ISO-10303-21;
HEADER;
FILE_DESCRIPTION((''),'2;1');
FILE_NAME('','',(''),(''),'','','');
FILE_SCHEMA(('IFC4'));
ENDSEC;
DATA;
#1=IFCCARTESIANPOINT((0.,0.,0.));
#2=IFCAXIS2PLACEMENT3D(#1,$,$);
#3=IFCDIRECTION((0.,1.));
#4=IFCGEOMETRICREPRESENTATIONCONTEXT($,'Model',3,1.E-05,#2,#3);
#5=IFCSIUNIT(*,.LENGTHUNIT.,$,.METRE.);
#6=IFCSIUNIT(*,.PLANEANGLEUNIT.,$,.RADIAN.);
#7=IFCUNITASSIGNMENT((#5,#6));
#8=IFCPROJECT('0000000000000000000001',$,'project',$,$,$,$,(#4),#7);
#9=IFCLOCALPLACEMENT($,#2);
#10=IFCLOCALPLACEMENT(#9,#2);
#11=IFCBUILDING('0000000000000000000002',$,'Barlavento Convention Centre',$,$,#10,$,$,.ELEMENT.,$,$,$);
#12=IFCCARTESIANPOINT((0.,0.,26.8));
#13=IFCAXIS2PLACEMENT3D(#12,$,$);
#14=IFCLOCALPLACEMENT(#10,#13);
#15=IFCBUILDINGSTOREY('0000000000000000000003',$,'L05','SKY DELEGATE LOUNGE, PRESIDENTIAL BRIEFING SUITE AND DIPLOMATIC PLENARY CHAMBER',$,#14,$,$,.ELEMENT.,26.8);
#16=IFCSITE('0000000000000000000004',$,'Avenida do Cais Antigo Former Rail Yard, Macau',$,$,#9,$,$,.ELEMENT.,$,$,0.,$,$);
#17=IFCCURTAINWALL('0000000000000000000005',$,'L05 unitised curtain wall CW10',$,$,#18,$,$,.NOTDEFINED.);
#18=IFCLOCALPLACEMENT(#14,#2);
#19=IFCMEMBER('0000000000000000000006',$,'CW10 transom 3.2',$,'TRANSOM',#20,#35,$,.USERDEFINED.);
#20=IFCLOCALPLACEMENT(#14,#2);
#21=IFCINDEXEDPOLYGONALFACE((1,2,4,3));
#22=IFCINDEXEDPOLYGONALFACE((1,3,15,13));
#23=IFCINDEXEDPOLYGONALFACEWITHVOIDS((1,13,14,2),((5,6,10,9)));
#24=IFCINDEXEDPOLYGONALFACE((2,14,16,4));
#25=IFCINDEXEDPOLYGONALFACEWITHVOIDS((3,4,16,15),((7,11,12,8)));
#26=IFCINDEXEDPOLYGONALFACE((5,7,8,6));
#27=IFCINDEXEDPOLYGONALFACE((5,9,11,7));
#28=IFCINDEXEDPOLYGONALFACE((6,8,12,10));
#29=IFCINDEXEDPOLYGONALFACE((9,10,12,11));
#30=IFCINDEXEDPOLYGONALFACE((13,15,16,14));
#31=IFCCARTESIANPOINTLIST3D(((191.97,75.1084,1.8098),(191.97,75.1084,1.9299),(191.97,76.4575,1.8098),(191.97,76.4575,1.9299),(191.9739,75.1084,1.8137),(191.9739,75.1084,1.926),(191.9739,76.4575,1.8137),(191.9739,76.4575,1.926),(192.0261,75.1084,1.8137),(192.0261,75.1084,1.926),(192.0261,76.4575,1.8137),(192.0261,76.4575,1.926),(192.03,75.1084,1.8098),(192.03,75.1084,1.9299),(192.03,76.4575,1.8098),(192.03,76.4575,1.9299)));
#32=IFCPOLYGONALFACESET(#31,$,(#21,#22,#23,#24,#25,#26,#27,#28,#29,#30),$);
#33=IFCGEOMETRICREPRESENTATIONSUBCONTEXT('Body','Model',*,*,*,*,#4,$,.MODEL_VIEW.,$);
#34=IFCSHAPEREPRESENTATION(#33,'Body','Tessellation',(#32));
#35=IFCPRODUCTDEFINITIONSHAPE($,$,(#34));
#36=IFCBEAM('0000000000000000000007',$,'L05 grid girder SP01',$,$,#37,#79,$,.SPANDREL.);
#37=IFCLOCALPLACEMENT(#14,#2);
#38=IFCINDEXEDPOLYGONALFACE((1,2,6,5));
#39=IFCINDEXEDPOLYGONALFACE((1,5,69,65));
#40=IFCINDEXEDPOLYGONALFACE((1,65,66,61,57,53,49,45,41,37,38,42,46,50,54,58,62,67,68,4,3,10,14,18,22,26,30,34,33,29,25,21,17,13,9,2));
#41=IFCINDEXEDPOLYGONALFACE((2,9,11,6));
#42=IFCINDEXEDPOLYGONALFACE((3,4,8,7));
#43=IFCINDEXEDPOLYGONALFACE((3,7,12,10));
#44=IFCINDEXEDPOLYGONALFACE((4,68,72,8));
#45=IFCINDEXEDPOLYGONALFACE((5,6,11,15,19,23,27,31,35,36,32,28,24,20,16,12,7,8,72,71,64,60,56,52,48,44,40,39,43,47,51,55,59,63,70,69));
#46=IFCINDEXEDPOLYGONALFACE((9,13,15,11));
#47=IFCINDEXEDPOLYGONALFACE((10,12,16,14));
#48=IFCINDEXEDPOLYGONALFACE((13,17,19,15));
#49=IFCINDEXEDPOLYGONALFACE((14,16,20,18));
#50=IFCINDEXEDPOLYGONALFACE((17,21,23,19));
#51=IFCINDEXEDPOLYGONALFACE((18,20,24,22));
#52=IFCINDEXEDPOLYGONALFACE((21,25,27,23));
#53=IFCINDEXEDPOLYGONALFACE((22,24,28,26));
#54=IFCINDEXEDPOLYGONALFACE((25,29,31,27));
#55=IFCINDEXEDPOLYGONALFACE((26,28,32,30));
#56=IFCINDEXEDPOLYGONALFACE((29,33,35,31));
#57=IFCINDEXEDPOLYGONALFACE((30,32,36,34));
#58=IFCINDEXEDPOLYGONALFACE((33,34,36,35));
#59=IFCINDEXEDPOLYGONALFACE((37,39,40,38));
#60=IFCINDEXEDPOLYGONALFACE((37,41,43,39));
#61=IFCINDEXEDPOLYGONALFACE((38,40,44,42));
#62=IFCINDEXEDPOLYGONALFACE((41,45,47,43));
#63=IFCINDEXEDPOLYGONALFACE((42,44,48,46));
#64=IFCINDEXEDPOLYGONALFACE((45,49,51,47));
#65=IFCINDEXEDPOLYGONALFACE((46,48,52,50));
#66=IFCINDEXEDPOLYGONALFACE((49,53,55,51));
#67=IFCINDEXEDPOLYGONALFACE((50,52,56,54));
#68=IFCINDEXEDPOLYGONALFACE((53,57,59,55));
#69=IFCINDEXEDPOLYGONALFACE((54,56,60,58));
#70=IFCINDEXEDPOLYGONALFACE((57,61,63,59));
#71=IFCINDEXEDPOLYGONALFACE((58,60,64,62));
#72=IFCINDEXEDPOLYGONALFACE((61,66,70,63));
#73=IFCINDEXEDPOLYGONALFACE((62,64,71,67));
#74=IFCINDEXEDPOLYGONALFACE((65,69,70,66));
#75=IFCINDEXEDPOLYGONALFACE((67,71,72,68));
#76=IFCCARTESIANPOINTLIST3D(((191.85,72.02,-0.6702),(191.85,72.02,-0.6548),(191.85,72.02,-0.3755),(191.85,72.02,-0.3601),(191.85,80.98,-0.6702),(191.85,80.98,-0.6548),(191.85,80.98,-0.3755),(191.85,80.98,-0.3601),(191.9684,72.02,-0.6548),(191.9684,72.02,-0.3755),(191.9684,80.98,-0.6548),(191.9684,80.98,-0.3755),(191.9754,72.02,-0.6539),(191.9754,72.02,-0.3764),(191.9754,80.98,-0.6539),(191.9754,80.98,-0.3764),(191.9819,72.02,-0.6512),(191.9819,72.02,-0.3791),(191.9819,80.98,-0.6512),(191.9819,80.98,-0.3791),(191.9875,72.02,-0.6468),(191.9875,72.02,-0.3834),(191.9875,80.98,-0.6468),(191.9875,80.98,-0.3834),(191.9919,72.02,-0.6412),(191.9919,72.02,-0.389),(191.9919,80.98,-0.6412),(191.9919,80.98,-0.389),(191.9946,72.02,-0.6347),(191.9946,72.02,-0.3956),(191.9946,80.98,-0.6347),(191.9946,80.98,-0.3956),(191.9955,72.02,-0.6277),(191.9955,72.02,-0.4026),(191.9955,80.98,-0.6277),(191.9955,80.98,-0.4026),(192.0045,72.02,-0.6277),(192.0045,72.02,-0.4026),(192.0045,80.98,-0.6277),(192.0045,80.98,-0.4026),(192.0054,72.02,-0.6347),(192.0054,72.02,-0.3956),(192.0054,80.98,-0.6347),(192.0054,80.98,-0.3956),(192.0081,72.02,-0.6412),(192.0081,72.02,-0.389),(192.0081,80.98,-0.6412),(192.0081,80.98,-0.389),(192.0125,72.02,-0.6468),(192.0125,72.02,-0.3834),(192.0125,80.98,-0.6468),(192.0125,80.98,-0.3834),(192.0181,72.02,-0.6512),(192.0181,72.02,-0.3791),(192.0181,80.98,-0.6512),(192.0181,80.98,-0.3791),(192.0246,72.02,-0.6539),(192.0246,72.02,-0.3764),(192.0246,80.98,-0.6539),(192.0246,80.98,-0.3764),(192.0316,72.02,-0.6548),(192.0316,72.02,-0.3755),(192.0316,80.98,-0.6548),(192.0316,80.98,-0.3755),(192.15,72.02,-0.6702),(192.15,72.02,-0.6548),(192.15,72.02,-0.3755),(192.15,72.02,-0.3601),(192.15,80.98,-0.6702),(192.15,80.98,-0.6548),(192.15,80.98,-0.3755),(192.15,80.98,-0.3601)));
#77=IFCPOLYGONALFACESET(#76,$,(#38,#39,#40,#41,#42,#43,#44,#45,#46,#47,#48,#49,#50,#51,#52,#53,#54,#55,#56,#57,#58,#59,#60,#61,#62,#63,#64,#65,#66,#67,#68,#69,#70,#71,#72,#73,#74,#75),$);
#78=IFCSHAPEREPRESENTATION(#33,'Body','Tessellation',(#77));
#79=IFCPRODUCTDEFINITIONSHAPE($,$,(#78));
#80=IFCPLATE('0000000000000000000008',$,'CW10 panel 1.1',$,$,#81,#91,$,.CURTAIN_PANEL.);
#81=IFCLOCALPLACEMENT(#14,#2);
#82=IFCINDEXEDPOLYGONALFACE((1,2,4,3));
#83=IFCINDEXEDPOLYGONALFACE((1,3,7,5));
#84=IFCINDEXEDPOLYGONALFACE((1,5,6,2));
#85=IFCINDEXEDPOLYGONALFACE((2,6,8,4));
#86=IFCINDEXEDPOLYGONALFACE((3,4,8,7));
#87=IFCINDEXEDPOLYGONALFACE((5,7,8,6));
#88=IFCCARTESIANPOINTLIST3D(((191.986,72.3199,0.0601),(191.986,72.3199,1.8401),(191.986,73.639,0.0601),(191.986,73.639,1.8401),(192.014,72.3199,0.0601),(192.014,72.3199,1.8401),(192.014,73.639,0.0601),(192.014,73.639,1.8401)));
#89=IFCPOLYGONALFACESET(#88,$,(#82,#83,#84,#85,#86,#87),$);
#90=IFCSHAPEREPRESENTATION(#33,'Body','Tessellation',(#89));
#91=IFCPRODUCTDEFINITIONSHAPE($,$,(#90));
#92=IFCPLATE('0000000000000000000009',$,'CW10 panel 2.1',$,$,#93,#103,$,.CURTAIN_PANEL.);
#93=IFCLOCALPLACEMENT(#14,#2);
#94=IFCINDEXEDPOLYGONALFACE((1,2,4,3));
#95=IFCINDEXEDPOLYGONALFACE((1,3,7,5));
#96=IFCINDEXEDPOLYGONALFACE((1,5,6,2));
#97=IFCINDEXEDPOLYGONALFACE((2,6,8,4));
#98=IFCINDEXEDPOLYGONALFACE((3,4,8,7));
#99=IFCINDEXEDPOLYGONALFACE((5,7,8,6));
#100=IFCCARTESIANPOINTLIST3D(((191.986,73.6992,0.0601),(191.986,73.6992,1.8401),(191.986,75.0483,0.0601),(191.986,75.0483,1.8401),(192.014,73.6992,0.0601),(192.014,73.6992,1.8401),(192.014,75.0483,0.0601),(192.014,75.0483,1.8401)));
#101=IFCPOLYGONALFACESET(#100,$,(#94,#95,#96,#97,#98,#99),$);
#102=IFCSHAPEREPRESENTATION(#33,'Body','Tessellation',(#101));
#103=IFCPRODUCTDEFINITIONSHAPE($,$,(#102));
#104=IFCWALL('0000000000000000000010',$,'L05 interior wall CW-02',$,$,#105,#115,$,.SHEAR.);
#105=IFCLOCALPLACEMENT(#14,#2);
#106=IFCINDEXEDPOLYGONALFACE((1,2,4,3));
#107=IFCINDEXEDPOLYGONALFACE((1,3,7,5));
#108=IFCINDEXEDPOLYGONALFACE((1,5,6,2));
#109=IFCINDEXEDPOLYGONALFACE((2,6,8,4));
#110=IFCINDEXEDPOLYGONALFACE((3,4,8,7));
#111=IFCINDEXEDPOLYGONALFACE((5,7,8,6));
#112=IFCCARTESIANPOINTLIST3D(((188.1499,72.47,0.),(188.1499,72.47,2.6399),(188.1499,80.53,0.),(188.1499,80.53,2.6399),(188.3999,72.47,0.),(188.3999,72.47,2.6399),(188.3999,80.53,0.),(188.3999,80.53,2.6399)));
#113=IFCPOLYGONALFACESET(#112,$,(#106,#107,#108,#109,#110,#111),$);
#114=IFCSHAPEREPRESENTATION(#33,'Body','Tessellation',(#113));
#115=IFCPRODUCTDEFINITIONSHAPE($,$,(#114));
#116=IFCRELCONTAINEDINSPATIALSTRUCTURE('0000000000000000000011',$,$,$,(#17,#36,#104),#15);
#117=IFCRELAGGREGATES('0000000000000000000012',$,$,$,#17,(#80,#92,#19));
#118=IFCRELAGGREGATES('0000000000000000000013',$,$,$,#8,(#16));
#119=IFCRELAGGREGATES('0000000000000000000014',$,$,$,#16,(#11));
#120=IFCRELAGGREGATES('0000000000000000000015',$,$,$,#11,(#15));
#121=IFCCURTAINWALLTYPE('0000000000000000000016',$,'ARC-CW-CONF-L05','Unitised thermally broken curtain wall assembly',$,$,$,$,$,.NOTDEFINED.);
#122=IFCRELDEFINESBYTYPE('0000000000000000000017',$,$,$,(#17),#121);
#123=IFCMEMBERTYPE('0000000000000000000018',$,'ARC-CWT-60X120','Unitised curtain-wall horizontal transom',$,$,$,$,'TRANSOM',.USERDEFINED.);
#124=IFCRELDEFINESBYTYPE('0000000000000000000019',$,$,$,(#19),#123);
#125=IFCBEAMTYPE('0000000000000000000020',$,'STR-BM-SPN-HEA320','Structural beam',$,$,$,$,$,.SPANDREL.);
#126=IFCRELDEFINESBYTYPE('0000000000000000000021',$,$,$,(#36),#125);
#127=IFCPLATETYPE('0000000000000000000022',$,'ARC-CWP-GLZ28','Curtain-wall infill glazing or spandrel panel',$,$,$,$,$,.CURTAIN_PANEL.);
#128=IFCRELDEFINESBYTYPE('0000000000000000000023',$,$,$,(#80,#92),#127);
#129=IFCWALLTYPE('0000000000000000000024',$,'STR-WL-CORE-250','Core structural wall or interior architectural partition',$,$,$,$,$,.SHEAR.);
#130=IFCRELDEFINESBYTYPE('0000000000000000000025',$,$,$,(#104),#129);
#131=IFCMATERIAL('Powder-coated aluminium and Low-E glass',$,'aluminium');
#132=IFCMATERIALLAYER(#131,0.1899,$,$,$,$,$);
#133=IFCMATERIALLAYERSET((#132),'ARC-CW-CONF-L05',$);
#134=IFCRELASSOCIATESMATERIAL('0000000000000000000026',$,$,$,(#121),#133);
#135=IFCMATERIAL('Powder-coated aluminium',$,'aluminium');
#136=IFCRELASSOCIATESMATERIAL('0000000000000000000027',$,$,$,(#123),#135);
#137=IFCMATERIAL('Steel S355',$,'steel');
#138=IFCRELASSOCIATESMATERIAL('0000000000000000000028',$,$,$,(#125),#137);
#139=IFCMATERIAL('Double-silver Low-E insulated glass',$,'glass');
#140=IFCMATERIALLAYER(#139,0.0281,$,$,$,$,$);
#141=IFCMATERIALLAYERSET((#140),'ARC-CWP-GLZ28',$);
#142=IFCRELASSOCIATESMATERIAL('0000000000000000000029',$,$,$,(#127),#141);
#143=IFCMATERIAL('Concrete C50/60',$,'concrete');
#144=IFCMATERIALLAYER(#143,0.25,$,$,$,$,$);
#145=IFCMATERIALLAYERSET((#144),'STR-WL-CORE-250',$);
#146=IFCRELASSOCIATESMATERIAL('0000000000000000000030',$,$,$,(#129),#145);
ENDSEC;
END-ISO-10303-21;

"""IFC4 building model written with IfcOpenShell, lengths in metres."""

from ifc_helpers import new_model, si_unit, direction, frame, frame_2d, origin, origin_2d, place, context, subcontext, project, spatial, rectangle, hollow_rectangle, i_section, extrude, material, layer, layer_set, material_profile, profile_set, type_object, element, aggregate, save


model = new_model("IFC4")

# Units and contexts
model_context = context("Model", 3, precision=1e-05, world=origin(), true_north=direction((0.0, 1.0)))
body_context = subcontext(model_context, "Body", "Model", "MODEL_VIEW")
ifc_project = project(units=[si_unit("LENGTHUNIT", "METRE"), si_unit("PLANEANGLEUNIT", "RADIAN")], contexts=[model_context])

# Site, building, storey
site_placement = place(None, origin())
site = spatial("IfcSite", under=ifc_project, at=site_placement, Name="Avenida do Cais Antigo Former Rail Yard, Macau", CompositionType="ELEMENT", RefElevation=0.0)
building_placement = place(site_placement, origin())
building = spatial("IfcBuilding", under=site, at=building_placement, Name="Barlavento Convention Centre", CompositionType="ELEMENT")
storey_placement = place(building_placement, frame((0.0, 0.0, 26.8)))
storey = spatial("IfcBuildingStorey", under=building, at=storey_placement, Name="L05", Description="SKY DELEGATE LOUNGE, PRESIDENTIAL BRIEFING SUITE AND DIPLOMATIC PLENARY CHAMBER", CompositionType="ELEMENT", Elevation=26.8)

# Shared definitions
ifc_material_1 = material(Name="Steel S355", Category="steel")

# Curtain wall, member
ifc_material_2 = material(Name="Powder-coated aluminium and Low-E glass", Category="aluminium")
ifc_layer_1 = layer(ifc_material_2, 0.1899)
ifc_layer_set_1 = layer_set([ifc_layer_1], Name="ARC-CW-CONF-L05")
curtain_wall_type = type_object("IfcCurtainWallType", Name="ARC-CW-CONF-L05", Description="Unitised thermally broken curtain wall assembly", PredefinedType="NOTDEFINED", material=ifc_layer_set_1)
curtain_wall_placement = place(storey_placement, origin())
curtain_wall = element("IfcCurtainWall", 1, at=curtain_wall_placement, inside=storey, type_object=curtain_wall_type, Name="L05 unitised curtain wall CW10", PredefinedType="NOTDEFINED")
ifc_material_3 = material(Name="Powder-coated aluminium", Category="aluminium")
ifc_material_profile_1 = material_profile(ifc_material_3, hollow_rectangle(XDim=0.0601, YDim=0.1201, WallThickness=0.0039, at=origin_2d()), Name="AL-TRAN 60x120x4")
ifc_profile_set_1 = profile_set([ifc_material_profile_1], Name="Powder-coated aluminium")
member_type_1 = type_object("IfcMemberType", Name="ARC-CWT-60X120", Description="Unitised curtain-wall horizontal transom", ElementType="TRANSOM", PredefinedType="USERDEFINED", material=ifc_profile_set_1)
member_1_placement = place(storey_placement, frame((192.0, 75.1084, 1.8699), z_axis=(0.0, 1.0, 0.0), x_axis=(-1.0, 0.0, 0.0)))
member_1 = element("IfcMember", 2, at=member_1_placement, type_object=member_type_1, Name="CW10 transom 3.2", ObjectType="TRANSOM", PredefinedType="USERDEFINED", context=body_context, shape_type="SweptSolid", body=[
    extrude(hollow_rectangle(XDim=0.0601, YDim=0.1201, WallThickness=0.0039, at=origin_2d()), origin(), (0.0, 0.0, 1.0), 1.3491),
])

# Beam
ifc_material_profile_2 = material_profile(ifc_material_1, i_section(OverallWidth=0.3, OverallDepth=0.3101, WebThickness=0.009, FlangeThickness=0.0154, FilletRadius=0.0271, at=origin_2d()), Name="HEA 320")
ifc_profile_set_2 = profile_set([ifc_material_profile_2], Name="Steel S355")
beam_type = type_object("IfcBeamType", Name="STR-BM-SPN-HEA320", Description="Structural beam", PredefinedType="SPANDREL", material=ifc_profile_set_2)
beam_placement = place(storey_placement, frame((192.0, 72.02, -0.5151), z_axis=(0.0, 1.0, 0.0), x_axis=(-1.0, 0.0, 0.0)))
element("IfcBeam", 3, at=beam_placement, inside=storey, type_object=beam_type, Name="L05 grid girder SP01", PredefinedType="SPANDREL", context=body_context, shape_type="SweptSolid", body=[
    extrude(i_section(OverallWidth=0.3, OverallDepth=0.3101, WebThickness=0.009, FlangeThickness=0.0154, FilletRadius=0.0271, at=origin_2d()), origin(), (0.0, 0.0, 1.0), 8.96),
])

# Plates
ifc_material_4 = material(Name="Double-silver Low-E insulated glass", Category="glass")
ifc_layer_2 = layer(ifc_material_4, 0.0281)
ifc_layer_set_2 = layer_set([ifc_layer_2], Name="ARC-CWP-GLZ28")
plate_type = type_object("IfcPlateType", Name="ARC-CWP-GLZ28", Description="Curtain-wall infill glazing or spandrel panel", PredefinedType="CURTAIN_PANEL", material=ifc_layer_set_2)
plate_1_placement = place(storey_placement, frame((192.0, 72.9795, 0.0601), z_axis=(0.0, 0.0, 1.0), x_axis=(0.0, 1.0, 0.0)))
plate_1 = element("IfcPlate", 4, at=plate_1_placement, type_object=plate_type, Name="CW10 panel 1.1", PredefinedType="CURTAIN_PANEL", context=body_context, shape_type="SweptSolid", body=[
    extrude(rectangle(XDim=1.3191, YDim=0.0281, at=origin_2d()), origin(), (0.0, 0.0, 1.0), 1.78),
])
plate_2_placement = place(storey_placement, frame((192.0, 74.3738, 0.0601), z_axis=(0.0, 0.0, 1.0), x_axis=(0.0, 1.0, 0.0)))
plate_2 = element("IfcPlate", 5, at=plate_2_placement, type_object=plate_type, Name="CW10 panel 2.1", PredefinedType="CURTAIN_PANEL", context=body_context, shape_type="SweptSolid", body=[
    extrude(rectangle(XDim=1.3491, YDim=0.0281, at=origin_2d()), origin(), (0.0, 0.0, 1.0), 1.78),
])
aggregate(curtain_wall, [plate_1, plate_2, member_1])

# Wall
ifc_material_5 = material(Name="Concrete C50/60", Category="concrete")
ifc_layer_3 = layer(ifc_material_5, 0.25)
ifc_layer_set_3 = layer_set([ifc_layer_3], Name="STR-WL-CORE-250")
wall_type = type_object("IfcWallType", Name="STR-WL-CORE-250", Description="Core structural wall or interior architectural partition", PredefinedType="SHEAR", material=ifc_layer_set_3)
wall_1_placement = place(storey_placement, frame((188.2749, 72.47, 0.0), z_axis=(0.0, 0.0, 1.0), x_axis=(0.0, 1.0, 0.0)))
element("IfcWall", 6, at=wall_1_placement, inside=storey, type_object=wall_type, Name="L05 interior wall CW-02", PredefinedType="SHEAR", context=body_context, shape_type="SweptSolid", body=[
    extrude(rectangle(XDim=8.0601, YDim=0.25, at=frame_2d((4.03, 0.0))), origin(), (0.0, 0.0, 1.0), 2.6399),
])

save(model, "model.ifc")
